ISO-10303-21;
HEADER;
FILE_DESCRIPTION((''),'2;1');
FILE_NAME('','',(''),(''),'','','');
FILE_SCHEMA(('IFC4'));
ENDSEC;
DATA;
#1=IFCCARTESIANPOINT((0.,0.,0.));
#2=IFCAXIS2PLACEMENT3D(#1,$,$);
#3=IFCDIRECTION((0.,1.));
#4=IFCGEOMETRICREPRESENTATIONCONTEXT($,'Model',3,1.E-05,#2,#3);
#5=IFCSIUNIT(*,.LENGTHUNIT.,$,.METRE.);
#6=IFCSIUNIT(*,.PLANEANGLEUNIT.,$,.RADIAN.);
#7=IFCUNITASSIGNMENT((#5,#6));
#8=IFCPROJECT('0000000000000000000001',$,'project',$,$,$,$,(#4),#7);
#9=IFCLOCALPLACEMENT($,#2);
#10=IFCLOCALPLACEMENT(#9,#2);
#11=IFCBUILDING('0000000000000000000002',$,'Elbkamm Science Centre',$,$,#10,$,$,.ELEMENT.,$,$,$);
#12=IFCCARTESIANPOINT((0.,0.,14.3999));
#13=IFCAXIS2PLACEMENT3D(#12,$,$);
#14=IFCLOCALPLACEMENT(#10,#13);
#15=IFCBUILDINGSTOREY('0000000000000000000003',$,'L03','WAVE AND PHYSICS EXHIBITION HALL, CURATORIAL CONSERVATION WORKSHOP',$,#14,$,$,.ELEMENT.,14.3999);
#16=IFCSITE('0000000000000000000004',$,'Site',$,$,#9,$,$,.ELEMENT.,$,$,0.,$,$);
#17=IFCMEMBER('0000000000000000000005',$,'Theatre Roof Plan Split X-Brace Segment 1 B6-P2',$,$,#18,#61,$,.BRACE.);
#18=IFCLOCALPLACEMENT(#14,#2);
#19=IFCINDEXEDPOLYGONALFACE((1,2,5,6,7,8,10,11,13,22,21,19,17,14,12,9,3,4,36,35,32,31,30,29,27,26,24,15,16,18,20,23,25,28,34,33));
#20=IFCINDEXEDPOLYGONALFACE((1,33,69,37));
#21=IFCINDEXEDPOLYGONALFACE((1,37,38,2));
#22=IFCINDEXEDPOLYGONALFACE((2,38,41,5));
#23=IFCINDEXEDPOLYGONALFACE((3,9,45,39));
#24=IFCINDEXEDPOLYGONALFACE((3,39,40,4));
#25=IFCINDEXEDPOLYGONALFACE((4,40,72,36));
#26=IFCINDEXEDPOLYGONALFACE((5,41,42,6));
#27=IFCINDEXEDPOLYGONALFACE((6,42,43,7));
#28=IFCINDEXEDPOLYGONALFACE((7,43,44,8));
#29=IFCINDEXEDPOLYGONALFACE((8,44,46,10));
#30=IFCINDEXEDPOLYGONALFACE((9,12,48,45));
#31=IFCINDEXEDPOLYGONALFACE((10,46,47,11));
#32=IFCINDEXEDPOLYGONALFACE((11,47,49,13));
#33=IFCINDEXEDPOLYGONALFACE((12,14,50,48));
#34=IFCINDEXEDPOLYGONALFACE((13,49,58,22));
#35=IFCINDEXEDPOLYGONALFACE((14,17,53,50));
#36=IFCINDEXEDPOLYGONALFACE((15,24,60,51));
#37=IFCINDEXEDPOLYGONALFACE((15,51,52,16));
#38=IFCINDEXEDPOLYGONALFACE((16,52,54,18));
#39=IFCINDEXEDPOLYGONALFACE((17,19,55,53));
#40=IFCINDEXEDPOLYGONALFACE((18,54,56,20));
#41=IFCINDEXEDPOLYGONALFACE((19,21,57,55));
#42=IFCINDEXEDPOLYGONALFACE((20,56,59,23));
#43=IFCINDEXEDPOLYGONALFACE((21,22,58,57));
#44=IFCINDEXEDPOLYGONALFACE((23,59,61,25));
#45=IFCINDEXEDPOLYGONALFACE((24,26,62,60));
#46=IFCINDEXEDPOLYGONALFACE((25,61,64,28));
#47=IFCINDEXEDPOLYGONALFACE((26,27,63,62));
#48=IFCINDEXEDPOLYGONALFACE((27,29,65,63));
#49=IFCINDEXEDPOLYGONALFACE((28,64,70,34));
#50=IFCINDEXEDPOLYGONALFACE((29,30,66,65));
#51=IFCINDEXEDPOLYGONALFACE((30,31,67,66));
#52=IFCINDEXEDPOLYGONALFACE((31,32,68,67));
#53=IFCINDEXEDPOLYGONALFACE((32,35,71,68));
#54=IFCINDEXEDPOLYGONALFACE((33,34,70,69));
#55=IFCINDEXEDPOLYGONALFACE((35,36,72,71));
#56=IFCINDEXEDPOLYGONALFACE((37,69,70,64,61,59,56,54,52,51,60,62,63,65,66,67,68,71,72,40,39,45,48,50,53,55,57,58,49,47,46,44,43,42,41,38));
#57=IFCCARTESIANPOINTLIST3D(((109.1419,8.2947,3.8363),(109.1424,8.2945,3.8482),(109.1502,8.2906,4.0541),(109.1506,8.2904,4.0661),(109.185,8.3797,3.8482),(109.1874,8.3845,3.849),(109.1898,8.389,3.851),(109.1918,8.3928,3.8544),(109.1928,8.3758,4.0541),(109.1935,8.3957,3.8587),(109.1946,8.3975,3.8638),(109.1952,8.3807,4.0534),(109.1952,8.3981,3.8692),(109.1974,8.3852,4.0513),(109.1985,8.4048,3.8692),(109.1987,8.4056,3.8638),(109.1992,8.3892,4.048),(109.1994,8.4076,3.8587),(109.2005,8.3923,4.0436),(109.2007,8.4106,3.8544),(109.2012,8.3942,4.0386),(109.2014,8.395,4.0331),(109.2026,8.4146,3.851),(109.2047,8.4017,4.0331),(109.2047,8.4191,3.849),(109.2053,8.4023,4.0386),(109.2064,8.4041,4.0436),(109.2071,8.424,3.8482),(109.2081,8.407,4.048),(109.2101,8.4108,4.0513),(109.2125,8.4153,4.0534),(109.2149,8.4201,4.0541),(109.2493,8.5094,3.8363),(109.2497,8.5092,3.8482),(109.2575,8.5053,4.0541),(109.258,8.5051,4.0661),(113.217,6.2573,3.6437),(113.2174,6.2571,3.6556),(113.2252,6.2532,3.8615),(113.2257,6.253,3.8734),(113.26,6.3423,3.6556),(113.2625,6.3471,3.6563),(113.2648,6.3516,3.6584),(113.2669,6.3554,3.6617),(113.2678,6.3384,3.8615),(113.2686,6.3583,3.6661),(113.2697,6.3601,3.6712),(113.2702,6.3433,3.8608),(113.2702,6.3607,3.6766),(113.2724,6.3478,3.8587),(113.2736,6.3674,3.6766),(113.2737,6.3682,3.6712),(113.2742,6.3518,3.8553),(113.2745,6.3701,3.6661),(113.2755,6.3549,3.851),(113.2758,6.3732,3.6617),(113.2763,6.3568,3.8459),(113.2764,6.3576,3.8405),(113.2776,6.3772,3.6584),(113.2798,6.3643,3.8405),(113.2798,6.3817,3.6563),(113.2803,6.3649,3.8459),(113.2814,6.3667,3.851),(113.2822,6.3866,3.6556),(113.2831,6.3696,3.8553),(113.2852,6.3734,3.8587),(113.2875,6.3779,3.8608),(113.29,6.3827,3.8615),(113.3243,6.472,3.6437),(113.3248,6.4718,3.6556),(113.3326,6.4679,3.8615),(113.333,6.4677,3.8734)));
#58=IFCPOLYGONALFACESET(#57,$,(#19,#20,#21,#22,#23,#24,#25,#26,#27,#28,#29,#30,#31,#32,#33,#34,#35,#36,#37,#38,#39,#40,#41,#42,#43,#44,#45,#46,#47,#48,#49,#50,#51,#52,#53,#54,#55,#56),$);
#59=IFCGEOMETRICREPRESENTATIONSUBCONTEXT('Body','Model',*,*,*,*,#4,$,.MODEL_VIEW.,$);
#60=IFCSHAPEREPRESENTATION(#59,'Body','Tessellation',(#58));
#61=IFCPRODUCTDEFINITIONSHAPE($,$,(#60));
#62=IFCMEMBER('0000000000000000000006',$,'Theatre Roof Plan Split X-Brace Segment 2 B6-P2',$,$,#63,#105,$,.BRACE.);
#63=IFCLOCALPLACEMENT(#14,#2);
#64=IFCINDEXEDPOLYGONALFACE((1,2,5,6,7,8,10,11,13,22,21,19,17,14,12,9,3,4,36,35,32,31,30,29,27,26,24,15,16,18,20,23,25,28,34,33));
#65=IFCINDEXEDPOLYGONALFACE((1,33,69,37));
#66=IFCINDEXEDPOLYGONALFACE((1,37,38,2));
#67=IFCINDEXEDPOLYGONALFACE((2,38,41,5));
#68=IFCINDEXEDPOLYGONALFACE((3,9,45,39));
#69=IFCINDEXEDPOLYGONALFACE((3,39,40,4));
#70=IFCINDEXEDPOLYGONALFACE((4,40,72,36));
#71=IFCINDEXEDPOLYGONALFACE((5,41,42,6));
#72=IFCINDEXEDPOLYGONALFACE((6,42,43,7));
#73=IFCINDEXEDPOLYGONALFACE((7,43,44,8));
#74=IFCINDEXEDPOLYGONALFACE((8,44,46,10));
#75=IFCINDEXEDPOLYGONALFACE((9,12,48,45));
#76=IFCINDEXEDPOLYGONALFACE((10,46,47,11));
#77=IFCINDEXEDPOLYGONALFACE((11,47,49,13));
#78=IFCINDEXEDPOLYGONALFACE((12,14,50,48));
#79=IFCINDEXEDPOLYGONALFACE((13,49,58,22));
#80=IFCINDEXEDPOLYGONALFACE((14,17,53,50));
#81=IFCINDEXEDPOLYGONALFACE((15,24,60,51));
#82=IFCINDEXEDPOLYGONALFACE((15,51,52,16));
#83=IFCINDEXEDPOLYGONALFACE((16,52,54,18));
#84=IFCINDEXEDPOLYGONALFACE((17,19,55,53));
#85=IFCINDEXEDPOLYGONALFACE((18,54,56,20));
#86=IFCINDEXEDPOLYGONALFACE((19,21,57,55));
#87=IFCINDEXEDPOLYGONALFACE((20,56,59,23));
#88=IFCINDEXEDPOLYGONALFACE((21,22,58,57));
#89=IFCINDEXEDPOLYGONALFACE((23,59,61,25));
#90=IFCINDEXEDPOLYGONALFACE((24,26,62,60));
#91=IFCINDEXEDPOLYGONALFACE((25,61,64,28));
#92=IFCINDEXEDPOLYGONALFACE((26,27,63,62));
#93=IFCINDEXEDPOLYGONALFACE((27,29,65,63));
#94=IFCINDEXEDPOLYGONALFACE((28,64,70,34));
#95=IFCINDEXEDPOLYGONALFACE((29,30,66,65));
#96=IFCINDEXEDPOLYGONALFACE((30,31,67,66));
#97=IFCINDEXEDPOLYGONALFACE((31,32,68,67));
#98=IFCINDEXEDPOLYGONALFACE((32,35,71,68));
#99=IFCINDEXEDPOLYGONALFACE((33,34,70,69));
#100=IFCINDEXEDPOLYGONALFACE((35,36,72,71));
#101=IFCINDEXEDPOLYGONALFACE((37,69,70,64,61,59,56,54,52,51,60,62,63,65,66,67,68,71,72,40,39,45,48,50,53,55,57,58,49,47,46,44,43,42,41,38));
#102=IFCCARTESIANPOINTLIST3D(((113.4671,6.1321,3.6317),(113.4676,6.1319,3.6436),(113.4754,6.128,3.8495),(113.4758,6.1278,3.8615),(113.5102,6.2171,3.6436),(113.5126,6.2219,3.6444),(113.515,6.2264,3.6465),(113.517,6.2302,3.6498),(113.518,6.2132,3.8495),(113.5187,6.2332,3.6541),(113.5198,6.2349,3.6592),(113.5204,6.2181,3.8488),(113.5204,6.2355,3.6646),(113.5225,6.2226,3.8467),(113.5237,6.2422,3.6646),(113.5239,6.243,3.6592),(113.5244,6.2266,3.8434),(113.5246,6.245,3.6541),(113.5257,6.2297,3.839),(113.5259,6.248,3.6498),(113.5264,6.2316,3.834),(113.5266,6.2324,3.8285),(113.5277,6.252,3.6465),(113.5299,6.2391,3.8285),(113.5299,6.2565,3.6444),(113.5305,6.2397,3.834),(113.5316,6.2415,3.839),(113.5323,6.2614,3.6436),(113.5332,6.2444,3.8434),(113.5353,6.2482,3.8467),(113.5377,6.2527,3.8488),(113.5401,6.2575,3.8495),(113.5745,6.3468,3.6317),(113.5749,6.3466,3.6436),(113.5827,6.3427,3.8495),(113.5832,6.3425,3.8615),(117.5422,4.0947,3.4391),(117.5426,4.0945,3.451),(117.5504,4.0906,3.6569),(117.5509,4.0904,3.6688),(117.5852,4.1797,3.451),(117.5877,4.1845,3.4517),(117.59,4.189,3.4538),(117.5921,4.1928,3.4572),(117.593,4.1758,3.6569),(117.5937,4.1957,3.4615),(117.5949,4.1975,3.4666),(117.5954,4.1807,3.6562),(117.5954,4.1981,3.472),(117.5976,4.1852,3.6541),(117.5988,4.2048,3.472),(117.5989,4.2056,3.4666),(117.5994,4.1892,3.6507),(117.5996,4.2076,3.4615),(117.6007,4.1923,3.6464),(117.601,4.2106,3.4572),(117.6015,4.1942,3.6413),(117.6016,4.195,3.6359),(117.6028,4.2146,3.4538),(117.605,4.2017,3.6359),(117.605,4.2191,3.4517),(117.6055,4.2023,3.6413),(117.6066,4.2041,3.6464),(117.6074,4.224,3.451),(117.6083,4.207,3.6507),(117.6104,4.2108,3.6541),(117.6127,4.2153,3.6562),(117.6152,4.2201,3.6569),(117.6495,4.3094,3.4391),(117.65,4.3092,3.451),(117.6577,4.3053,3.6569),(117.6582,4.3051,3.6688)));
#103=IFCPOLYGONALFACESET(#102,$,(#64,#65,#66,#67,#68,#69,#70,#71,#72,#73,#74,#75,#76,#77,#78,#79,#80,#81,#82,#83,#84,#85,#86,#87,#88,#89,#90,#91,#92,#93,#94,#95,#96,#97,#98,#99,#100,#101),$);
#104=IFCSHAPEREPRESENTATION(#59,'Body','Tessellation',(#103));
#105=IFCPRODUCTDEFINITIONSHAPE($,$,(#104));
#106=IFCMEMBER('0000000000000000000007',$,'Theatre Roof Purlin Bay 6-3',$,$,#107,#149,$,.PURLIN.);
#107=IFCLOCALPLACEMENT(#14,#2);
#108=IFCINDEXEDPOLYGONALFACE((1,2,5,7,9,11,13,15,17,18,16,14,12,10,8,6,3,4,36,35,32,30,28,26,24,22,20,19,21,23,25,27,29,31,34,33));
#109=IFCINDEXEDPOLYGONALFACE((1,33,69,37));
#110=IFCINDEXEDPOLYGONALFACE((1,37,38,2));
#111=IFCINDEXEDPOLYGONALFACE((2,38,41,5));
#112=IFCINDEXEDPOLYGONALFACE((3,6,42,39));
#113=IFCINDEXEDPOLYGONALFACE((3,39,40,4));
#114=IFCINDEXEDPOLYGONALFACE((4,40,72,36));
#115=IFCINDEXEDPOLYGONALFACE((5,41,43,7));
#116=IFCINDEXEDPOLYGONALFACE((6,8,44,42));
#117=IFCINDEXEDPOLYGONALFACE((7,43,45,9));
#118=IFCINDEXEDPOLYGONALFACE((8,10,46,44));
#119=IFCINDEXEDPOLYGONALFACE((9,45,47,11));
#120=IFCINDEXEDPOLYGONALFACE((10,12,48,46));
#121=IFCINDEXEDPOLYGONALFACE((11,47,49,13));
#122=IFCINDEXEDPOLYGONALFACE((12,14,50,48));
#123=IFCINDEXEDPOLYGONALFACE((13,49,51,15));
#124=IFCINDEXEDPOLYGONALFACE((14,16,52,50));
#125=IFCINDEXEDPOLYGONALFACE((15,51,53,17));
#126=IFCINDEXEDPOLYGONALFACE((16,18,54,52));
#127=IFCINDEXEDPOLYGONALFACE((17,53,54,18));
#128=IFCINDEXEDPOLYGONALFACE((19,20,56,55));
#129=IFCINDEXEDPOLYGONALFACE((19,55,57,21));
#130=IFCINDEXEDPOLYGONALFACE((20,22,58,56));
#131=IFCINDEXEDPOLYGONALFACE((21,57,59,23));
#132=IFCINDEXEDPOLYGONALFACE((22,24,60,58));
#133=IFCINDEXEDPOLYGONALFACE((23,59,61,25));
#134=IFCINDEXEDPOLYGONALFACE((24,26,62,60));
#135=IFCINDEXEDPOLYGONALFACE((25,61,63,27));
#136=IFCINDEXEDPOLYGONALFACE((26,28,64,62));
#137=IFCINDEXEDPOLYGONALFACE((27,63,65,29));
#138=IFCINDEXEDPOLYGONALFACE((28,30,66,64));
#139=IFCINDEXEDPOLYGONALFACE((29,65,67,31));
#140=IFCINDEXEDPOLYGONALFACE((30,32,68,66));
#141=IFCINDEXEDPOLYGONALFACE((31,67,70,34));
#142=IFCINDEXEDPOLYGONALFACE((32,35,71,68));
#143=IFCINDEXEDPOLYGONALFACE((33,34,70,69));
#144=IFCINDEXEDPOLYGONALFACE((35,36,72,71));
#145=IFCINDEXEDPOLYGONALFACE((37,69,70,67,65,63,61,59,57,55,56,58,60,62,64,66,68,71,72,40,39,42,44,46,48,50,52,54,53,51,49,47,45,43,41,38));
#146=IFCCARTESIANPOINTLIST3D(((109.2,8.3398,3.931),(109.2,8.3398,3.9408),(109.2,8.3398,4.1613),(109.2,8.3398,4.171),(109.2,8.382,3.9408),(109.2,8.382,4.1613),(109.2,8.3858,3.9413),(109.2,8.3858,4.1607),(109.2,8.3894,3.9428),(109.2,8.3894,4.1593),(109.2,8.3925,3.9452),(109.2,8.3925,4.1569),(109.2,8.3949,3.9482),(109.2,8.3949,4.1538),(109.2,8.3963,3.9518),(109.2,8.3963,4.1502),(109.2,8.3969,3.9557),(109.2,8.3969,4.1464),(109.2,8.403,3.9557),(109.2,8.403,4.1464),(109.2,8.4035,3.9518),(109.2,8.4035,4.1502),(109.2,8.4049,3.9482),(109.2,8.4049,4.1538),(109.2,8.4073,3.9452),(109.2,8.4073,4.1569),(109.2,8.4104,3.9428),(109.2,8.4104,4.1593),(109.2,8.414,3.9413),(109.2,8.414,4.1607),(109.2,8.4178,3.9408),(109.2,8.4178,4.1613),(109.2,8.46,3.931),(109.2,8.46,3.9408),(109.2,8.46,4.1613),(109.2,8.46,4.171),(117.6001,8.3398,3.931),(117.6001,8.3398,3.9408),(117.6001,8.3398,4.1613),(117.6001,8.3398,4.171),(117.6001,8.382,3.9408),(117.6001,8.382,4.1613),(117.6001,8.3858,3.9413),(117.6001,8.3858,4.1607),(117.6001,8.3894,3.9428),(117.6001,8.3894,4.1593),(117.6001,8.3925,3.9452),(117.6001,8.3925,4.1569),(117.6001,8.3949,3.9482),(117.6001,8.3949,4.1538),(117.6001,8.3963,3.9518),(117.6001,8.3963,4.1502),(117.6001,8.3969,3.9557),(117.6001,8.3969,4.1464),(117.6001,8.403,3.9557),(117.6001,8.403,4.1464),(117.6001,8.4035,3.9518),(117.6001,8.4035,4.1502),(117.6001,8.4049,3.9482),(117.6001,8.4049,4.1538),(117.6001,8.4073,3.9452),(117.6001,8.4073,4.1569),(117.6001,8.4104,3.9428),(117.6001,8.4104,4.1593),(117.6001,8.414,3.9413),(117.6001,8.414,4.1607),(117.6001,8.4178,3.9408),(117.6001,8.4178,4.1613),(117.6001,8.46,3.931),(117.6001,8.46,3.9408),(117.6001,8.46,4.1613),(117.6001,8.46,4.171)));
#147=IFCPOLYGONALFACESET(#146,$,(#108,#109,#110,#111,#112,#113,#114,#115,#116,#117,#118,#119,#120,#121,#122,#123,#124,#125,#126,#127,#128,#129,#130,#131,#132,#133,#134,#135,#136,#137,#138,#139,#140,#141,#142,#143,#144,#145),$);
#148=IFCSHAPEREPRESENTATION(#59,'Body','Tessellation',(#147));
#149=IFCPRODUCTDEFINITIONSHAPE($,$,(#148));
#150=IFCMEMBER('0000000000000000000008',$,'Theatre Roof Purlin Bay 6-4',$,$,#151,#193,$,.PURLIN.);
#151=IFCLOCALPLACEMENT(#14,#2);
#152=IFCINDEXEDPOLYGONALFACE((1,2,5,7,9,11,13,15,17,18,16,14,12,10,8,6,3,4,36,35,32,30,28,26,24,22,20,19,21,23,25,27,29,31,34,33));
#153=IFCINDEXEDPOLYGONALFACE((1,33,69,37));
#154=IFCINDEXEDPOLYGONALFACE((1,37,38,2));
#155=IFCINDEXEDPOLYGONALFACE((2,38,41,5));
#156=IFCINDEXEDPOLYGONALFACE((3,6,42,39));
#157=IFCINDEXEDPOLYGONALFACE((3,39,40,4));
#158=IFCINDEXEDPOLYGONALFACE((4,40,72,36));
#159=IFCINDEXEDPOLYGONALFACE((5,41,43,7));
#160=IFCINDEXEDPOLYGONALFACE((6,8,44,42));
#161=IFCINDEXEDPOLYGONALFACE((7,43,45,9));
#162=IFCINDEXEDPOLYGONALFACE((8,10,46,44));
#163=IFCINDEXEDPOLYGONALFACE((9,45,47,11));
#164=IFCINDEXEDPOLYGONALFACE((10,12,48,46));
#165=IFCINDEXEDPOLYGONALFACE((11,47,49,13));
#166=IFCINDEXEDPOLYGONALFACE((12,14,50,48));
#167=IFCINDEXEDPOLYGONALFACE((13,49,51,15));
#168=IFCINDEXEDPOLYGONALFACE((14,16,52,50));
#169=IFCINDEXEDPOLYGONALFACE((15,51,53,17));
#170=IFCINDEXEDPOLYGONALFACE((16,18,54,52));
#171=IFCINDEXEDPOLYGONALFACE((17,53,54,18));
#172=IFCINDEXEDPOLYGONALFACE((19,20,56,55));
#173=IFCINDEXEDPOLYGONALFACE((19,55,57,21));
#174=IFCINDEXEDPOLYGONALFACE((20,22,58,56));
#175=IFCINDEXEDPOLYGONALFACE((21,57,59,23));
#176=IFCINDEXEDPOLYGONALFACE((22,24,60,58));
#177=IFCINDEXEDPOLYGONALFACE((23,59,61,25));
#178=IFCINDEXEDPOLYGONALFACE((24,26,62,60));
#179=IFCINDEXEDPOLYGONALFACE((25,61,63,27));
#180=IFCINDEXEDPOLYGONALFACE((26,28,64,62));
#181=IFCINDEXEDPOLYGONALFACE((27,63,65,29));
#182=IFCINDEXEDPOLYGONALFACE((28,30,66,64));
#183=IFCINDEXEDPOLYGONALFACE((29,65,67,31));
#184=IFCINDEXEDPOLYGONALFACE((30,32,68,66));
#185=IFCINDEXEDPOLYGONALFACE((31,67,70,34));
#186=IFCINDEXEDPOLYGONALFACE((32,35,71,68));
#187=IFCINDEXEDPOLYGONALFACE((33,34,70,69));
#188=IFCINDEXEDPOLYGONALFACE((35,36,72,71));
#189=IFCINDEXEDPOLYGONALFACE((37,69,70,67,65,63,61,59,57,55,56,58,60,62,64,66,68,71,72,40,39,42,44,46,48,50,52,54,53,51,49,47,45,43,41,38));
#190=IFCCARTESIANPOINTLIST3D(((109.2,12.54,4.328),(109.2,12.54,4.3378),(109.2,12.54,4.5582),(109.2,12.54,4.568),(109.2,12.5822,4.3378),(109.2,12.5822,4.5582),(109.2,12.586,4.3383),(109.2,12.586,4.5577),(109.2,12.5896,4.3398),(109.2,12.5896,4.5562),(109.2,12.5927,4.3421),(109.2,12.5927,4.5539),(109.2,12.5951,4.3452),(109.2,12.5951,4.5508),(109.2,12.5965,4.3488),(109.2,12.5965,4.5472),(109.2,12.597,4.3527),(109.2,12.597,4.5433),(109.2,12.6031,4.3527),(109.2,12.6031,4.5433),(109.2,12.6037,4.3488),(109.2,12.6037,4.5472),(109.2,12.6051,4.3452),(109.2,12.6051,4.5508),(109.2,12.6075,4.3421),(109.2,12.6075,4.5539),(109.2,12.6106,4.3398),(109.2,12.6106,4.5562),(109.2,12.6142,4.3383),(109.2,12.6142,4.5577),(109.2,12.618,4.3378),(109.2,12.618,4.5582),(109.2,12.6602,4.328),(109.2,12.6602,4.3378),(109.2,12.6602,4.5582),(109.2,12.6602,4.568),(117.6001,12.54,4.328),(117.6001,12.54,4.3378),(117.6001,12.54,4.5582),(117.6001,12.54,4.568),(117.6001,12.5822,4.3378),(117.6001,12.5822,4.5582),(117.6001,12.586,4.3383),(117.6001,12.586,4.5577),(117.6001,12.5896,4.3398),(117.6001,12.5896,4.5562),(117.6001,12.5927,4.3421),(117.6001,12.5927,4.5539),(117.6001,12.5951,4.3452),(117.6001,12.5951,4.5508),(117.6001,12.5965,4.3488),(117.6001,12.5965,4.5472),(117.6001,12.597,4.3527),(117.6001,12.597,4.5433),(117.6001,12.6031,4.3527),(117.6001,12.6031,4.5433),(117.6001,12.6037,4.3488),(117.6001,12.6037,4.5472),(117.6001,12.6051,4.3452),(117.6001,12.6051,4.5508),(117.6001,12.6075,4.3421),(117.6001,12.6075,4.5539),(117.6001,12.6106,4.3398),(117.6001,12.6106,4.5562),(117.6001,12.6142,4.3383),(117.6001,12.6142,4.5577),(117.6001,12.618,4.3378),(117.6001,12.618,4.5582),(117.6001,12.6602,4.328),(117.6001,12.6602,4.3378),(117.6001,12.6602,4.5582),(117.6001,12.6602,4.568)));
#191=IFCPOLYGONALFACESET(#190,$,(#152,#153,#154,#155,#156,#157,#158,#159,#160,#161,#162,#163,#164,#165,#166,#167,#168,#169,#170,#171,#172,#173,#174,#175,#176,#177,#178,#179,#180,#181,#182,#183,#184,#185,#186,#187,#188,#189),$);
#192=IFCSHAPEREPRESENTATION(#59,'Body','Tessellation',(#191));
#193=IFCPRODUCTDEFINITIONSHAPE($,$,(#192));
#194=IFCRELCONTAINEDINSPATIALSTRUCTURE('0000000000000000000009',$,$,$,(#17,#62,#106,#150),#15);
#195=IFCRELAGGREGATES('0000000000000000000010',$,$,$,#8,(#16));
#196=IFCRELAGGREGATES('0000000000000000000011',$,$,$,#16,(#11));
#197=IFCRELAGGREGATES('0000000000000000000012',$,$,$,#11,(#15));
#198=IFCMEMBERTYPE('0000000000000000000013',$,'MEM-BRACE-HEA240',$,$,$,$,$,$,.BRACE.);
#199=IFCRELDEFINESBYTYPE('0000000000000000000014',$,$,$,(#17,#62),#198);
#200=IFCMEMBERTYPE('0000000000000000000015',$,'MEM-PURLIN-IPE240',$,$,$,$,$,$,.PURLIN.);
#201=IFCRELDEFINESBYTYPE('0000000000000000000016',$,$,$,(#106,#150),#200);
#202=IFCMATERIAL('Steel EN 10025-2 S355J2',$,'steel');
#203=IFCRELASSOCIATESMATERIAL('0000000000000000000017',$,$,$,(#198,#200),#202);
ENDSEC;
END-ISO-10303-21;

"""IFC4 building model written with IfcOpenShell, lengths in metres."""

from ifc_helpers import new_model, si_unit, direction, frame, origin, origin_2d, place, context, subcontext, project, spatial, i_section, extrude, material, material_profile, profile_set, type_object, element, save


model = new_model("IFC4")

# Units and contexts
model_context = context("Model", 3, precision=1e-05, world=origin(), true_north=direction((0.0, 1.0)))
body_context = subcontext(model_context, "Body", "Model", "MODEL_VIEW")
ifc_project = project(units=[si_unit("LENGTHUNIT", "METRE"), si_unit("PLANEANGLEUNIT", "RADIAN")], contexts=[model_context])

# Site, building, storey
site_placement = place(None, origin())
site = spatial("IfcSite", under=ifc_project, at=site_placement, Name="Site", CompositionType="ELEMENT", RefElevation=0.0)
building_placement = place(site_placement, origin())
building = spatial("IfcBuilding", under=site, at=building_placement, Name="Elbkamm Science Centre", CompositionType="ELEMENT")
storey_placement = place(building_placement, frame((0.0, 0.0, 14.3999)))
storey = spatial("IfcBuildingStorey", under=building, at=storey_placement, Name="L03", Description="WAVE AND PHYSICS EXHIBITION HALL, CURATORIAL CONSERVATION WORKSHOP", CompositionType="ELEMENT", Elevation=14.3999)

# Shared definitions
ifc_material = material(Name="Steel EN 10025-2 S355J2", Category="steel")

# Members
ifc_material_profile_1 = material_profile(ifc_material, i_section(OverallWidth=0.24, OverallDepth=0.23, WebThickness=0.0076, FlangeThickness=0.012, FilletRadius=0.021, at=origin_2d()), Name="HEA 240")
ifc_profile_set_1 = profile_set([ifc_material_profile_1], Name="Steel EN 10025-2 S355J2")
member_type_1 = type_object("IfcMemberType", Name="MEM-BRACE-HEA240", PredefinedType="BRACE", material=ifc_profile_set_1)
for number, where, z_axis, x_axis, name in (
    (1, (109.2, 8.3999, 3.9512), (0.893639, -0.446793, -0.042243), (0.447192, 0.894438, 0.0), "Theatre Roof Plan Split X-Brace Segment 1 B6-P2"),
    (2, (113.5251, 6.2373, 3.7466), (0.893639, -0.446793, -0.042243), (0.447192, 0.894438, 0.0), "Theatre Roof Plan Split X-Brace Segment 2 B6-P2"),
):
    element("IfcMember", number, at=place(storey_placement, frame(where, z_axis=z_axis, x_axis=x_axis)), inside=storey, type_object=member_type_1, Name=name, PredefinedType="BRACE", context=body_context, shape_type="SweptSolid", body=[
        extrude(i_section(OverallWidth=0.24, OverallDepth=0.23, WebThickness=0.0076, FlangeThickness=0.012, FilletRadius=0.021, at=origin_2d()), origin(), (0.0, 0.0, 1.0), 4.5601),
    ])
ifc_material_profile_2 = material_profile(ifc_material, i_section(OverallWidth=0.1201, OverallDepth=0.24, WebThickness=0.0061, FlangeThickness=0.0098, FilletRadius=0.0149, at=origin_2d()), Name="IPE 240")
ifc_profile_set_2 = profile_set([ifc_material_profile_2], Name="Steel EN 10025-2 S355J2")
member_type_2 = type_object("IfcMemberType", Name="MEM-PURLIN-IPE240", PredefinedType="PURLIN", material=ifc_profile_set_2)
for number, where, z_axis, x_axis, name in (
    (3, (109.2, 8.3999, 4.051), (1.0, 0.0, 0.0), (0.0, 1.0, 0.0), "Theatre Roof Purlin Bay 6-3"),
    (4, (109.2, 12.6001, 4.448), (1.0, 0.0, 0.0), (0.0, 1.0, 0.0), "Theatre Roof Purlin Bay 6-4"),
):
    element("IfcMember", number, at=place(storey_placement, frame(where, z_axis=z_axis, x_axis=x_axis)), inside=storey, type_object=member_type_2, Name=name, PredefinedType="PURLIN", context=body_context, shape_type="SweptSolid", body=[
        extrude(i_section(OverallWidth=0.1201, OverallDepth=0.24, WebThickness=0.0061, FlangeThickness=0.0098, FilletRadius=0.0149, at=origin_2d()), origin(), (0.0, 0.0, 1.0), 8.4001),
    ])

save(model, "model.ifc")
